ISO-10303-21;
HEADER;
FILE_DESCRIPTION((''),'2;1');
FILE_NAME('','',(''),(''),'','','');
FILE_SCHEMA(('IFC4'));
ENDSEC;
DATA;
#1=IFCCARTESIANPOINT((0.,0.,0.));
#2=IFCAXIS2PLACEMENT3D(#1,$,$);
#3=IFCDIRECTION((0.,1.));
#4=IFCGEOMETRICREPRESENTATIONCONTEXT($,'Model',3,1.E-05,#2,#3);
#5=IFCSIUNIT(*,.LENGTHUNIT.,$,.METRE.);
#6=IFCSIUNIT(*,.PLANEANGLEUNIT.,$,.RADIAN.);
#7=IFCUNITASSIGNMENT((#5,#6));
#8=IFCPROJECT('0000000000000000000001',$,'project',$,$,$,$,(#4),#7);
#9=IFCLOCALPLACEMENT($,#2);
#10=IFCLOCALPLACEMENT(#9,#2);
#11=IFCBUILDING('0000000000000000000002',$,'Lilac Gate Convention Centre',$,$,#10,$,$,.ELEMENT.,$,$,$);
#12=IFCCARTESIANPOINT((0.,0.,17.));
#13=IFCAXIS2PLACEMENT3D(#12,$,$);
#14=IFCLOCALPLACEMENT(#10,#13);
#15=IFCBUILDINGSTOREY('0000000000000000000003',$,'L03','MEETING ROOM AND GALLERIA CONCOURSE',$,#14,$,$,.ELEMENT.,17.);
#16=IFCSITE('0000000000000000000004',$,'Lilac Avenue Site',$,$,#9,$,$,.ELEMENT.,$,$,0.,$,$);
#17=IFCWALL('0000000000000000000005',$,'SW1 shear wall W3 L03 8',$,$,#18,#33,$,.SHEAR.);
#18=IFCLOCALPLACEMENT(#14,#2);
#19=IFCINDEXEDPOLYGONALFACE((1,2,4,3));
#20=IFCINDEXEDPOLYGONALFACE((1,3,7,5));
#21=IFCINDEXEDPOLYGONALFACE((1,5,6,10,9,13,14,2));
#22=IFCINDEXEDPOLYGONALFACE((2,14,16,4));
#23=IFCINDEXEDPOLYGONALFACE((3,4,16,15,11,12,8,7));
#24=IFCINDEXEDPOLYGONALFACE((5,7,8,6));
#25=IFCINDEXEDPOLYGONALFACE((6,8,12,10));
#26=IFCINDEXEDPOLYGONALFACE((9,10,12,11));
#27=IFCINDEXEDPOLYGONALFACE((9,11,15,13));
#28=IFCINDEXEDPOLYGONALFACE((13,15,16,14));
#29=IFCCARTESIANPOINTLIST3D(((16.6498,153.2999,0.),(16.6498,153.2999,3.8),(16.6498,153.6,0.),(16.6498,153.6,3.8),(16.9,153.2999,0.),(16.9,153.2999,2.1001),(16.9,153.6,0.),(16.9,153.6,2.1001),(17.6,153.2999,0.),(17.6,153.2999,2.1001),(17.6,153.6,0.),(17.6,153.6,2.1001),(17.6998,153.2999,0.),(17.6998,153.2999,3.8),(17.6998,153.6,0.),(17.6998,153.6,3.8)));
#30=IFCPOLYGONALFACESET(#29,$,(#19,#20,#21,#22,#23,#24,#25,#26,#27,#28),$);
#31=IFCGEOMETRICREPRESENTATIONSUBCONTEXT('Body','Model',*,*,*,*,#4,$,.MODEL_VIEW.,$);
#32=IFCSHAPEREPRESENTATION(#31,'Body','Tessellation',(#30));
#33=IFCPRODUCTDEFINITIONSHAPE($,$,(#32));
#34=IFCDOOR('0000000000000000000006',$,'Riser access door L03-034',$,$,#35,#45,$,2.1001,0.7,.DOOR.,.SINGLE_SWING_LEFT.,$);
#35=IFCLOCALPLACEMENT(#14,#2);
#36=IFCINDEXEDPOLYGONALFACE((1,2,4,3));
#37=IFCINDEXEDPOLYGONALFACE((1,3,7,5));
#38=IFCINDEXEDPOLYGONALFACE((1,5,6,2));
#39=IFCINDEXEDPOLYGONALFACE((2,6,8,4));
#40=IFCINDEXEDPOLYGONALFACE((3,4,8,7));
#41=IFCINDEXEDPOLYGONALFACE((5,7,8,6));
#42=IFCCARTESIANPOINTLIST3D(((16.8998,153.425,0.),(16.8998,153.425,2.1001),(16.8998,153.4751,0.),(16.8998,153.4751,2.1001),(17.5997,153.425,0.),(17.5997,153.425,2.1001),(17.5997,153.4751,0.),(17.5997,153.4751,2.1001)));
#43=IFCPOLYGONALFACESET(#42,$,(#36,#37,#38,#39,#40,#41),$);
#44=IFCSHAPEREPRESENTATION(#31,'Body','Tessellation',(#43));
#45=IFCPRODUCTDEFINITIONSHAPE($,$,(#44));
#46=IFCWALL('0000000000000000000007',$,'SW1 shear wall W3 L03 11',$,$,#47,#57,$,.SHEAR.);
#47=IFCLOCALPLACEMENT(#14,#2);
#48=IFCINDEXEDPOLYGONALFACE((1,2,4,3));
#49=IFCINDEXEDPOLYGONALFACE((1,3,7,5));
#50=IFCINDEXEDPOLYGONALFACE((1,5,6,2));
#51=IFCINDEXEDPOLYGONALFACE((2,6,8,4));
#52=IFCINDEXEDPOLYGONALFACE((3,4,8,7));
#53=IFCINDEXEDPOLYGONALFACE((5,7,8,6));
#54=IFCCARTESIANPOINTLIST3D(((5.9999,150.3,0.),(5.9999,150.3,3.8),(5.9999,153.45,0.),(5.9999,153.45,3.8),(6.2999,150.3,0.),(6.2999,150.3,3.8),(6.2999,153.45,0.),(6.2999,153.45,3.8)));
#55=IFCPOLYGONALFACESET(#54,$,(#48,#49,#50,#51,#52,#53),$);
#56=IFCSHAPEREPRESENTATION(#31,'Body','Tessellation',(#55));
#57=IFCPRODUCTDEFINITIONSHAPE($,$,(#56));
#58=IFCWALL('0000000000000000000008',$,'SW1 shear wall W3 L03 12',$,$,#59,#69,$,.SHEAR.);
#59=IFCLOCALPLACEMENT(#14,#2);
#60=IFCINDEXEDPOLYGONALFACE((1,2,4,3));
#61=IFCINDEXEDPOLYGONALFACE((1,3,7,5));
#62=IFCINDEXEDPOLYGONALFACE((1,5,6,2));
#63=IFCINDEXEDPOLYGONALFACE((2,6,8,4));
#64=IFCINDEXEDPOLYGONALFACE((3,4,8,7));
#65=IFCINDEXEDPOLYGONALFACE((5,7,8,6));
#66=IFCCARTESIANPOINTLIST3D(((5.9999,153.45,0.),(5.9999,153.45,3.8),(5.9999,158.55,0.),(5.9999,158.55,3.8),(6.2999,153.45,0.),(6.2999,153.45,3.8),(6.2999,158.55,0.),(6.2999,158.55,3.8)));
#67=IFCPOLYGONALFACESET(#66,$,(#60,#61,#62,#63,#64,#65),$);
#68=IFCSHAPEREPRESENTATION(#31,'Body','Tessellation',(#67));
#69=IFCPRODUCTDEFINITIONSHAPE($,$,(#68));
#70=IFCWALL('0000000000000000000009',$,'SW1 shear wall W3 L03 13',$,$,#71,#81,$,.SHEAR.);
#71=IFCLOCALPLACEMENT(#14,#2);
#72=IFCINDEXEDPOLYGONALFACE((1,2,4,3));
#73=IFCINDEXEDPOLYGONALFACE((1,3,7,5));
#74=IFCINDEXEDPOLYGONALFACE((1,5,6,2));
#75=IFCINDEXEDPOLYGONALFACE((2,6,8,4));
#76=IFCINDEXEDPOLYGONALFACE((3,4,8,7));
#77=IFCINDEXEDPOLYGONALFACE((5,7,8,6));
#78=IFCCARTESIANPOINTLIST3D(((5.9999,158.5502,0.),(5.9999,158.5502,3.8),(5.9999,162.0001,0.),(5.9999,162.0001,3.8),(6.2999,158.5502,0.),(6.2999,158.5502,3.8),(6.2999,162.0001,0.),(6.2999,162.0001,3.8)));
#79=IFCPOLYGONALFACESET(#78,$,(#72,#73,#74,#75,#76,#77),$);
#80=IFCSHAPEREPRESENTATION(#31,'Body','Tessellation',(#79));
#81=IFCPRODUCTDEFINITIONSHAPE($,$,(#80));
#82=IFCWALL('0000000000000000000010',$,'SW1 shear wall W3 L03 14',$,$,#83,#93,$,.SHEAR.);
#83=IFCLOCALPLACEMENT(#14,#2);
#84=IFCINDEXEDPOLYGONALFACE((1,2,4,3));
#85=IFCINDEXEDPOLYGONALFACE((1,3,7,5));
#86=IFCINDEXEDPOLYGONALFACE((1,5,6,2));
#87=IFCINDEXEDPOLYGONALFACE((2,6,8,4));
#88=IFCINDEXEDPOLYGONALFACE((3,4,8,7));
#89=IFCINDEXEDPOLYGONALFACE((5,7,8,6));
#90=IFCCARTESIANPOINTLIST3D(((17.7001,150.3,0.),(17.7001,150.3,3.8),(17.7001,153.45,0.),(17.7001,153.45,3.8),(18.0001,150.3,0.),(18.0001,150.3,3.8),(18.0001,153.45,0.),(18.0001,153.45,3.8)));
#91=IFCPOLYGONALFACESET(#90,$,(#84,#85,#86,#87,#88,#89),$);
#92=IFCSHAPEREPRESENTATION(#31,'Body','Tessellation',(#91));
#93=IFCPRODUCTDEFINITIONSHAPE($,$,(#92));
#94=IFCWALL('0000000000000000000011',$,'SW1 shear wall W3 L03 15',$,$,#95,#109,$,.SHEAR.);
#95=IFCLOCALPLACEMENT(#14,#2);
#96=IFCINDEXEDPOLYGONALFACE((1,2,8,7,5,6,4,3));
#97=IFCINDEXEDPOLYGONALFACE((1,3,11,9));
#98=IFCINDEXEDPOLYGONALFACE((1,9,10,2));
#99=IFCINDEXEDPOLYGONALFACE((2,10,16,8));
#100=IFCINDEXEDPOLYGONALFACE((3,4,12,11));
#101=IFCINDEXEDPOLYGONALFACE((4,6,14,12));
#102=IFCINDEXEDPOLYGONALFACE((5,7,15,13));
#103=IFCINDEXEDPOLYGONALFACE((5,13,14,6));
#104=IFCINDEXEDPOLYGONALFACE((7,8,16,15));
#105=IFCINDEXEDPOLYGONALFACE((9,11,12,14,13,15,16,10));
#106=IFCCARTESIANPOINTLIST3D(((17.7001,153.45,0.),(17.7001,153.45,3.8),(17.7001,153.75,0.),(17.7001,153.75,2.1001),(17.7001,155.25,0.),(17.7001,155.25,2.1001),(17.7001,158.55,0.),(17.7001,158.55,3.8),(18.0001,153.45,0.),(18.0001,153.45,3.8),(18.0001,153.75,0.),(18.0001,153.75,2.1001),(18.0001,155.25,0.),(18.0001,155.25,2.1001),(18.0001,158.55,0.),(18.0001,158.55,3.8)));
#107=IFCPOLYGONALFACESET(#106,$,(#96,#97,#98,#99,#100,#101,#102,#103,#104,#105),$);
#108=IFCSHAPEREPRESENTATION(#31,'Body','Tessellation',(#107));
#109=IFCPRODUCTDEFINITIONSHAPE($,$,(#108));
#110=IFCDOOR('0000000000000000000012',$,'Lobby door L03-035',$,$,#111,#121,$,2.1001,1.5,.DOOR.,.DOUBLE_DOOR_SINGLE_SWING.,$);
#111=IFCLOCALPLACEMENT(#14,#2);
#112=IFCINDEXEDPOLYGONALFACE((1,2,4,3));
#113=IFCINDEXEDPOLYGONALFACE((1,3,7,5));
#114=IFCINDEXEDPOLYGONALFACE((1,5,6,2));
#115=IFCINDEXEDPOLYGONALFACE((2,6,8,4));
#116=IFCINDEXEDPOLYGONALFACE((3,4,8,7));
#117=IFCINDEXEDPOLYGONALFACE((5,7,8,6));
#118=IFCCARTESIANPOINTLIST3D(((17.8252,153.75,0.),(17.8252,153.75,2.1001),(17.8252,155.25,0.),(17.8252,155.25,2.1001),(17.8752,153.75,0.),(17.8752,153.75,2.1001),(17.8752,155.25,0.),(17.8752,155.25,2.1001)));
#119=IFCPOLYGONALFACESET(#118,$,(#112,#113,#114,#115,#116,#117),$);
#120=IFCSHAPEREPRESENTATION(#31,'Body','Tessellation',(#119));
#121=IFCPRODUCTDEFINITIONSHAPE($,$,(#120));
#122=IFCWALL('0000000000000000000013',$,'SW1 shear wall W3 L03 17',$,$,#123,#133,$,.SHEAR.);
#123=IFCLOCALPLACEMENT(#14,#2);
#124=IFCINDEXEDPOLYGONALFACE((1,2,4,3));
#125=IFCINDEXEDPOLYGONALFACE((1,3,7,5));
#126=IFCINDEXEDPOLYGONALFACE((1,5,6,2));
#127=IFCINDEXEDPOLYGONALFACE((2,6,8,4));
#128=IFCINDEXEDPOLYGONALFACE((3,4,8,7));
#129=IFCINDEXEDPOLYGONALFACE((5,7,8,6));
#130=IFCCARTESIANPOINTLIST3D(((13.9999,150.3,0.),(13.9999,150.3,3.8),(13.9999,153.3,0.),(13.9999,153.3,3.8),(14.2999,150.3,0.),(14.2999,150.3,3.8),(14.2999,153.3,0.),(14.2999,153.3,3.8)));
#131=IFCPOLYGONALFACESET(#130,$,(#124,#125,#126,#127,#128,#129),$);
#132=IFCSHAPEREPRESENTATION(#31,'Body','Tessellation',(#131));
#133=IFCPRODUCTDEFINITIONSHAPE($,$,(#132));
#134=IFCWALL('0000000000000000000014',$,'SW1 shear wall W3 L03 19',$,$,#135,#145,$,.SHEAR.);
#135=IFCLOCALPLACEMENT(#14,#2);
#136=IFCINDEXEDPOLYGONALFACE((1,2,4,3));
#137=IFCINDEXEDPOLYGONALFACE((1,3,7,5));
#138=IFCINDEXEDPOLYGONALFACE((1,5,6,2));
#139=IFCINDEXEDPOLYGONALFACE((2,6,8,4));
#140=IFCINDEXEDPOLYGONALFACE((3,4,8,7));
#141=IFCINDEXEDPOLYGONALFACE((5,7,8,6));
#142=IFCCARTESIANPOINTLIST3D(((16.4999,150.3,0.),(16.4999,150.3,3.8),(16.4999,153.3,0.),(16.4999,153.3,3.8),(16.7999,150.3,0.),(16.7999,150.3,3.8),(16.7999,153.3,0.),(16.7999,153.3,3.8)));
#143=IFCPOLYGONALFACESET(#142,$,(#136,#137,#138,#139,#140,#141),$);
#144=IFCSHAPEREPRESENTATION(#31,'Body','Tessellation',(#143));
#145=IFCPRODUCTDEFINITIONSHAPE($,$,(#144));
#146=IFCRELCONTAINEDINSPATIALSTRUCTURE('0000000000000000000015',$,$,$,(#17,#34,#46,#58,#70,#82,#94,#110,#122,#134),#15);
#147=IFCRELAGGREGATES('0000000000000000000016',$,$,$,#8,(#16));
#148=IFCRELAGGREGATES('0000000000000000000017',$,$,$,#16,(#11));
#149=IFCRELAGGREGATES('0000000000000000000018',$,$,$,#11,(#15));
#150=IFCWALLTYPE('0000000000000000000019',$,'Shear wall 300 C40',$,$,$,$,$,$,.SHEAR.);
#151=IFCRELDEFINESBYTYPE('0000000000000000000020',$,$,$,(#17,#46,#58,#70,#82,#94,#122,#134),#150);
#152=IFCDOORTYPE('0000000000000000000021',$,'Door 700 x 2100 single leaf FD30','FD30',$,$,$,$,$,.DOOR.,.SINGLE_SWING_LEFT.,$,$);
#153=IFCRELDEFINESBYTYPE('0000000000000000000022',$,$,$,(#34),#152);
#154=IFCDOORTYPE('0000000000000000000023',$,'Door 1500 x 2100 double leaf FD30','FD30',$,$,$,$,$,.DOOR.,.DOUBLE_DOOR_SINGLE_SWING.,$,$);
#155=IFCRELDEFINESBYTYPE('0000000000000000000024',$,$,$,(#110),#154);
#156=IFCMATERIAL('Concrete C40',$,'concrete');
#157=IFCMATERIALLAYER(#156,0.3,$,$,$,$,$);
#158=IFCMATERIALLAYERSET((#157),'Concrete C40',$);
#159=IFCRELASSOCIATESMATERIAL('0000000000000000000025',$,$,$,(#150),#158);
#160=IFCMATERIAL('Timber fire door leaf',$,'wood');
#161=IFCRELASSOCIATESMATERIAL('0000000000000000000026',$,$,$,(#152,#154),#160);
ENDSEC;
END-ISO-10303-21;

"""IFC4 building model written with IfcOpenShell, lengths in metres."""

from ifc_helpers import new_model, si_unit, direction, frame, frame_2d, origin, place, context, subcontext, project, spatial, rectangle, extrude, material, layer, layer_set, type_object, element, fill, save


model = new_model("IFC4")

# Units and contexts
model_context = context("Model", 3, precision=1e-05, world=origin(), true_north=direction((0.0, 1.0)))
body_context = subcontext(model_context, "Body", "Model", "MODEL_VIEW")
ifc_project = project(units=[si_unit("LENGTHUNIT", "METRE"), si_unit("PLANEANGLEUNIT", "RADIAN")], contexts=[model_context])

# Site, building, storey
site_placement = place(None, origin())
site = spatial("IfcSite", under=ifc_project, at=site_placement, Name="Lilac Avenue Site", CompositionType="ELEMENT", RefElevation=0.0)
building_placement = place(site_placement, origin())
building = spatial("IfcBuilding", under=site, at=building_placement, Name="Lilac Gate Convention Centre", CompositionType="ELEMENT")
storey_placement = place(building_placement, frame((0.0, 0.0, 17.0)))
storey = spatial("IfcBuildingStorey", under=building, at=storey_placement, Name="L03", Description="MEETING ROOM AND GALLERIA CONCOURSE", CompositionType="ELEMENT", Elevation=17.0)

# Shared definitions
ifc_material_1 = material(Name="Concrete C40", Category="concrete")

# Shared definitions
ifc_material_2 = material(Name="Timber fire door leaf", Category="wood")

# Shared definitions
ifc_layer_1 = layer(ifc_material_1, 0.3)
ifc_layer_set_1 = layer_set([ifc_layer_1], Name="Concrete C40")
wall_type_1 = type_object("IfcWallType", Name="Shear wall 300 C40", PredefinedType="SHEAR", material=ifc_layer_set_1)

# Wall, opening, door
wall_1_placement = place(storey_placement, frame((16.6499, 153.45, 0.0), z_axis=(0.0, 0.0, 1.0), x_axis=(1.0, 0.0, 0.0)))
wall_1 = element("IfcWall", 1, at=wall_1_placement, inside=storey, type_object=wall_type_1, Name="SW1 shear wall W3 L03 8", PredefinedType="SHEAR", context=body_context, shape_type="SweptSolid", body=[
    extrude(rectangle(XDim=1.05, YDim=0.3, at=frame_2d((0.5249, 0.0))), origin(), (0.0, 0.0, 1.0), 3.8),
])
opening_1_placement = place(wall_1_placement, frame((0.25, 0.0, 0.0)))
opening_1 = element("IfcOpeningElement", 2, at=opening_1_placement, cuts=wall_1, PredefinedType="OPENING", context=body_context, shape_type="SweptSolid", body=[
    extrude(rectangle(XDim=0.7, YDim=2.1001, at=frame_2d((0.3501, 1.05))), frame((0.0, 0.1599, 0.0), z_axis=(0.0, -1.0, 0.0), x_axis=(1.0, 0.0, 0.0)), (0.0, 0.0, 1.0), 0.3201),
])
door_type_1 = type_object("IfcDoorType", Name="Door 700 x 2100 single leaf FD30", Description="FD30", OperationType="SINGLE_SWING_LEFT", PredefinedType="DOOR", material=ifc_material_2)
door_1_placement = place(opening_1_placement, frame((0.7, 0.0, 0.0), z_axis=(0.0, 0.0, 1.0), x_axis=(-1.0, 0.0, 0.0)))
door_1 = element("IfcDoor", 3, at=door_1_placement, inside=storey, type_object=door_type_1, Name="Riser access door L03-034", OperationType="SINGLE_SWING_LEFT", OverallHeight=2.1001, OverallWidth=0.7, PredefinedType="DOOR", context=body_context, shape_type="SweptSolid", body=[
    extrude(rectangle(XDim=0.7, YDim=2.1001, at=frame_2d((0.3501, 1.05))), frame((0.0, 0.0249, 0.0), z_axis=(0.0, -1.0, 0.0), x_axis=(1.0, 0.0, 0.0)), (0.0, 0.0, 1.0), 0.05),
])
fill(opening_1, door_1)

# Walls
wall_2_placement = place(storey_placement, frame((6.1499, 150.3, 0.0), z_axis=(0.0, 0.0, 1.0), x_axis=(0.0, 1.0, 0.0)))
element("IfcWall", 4, at=wall_2_placement, inside=storey, type_object=wall_type_1, Name="SW1 shear wall W3 L03 11", PredefinedType="SHEAR", context=body_context, shape_type="SweptSolid", body=[
    extrude(rectangle(XDim=3.1499, YDim=0.3, at=frame_2d((1.575, 0.0))), origin(), (0.0, 0.0, 1.0), 3.8),
])
wall_3_placement = place(storey_placement, frame((6.1499, 153.45, 0.0), z_axis=(0.0, 0.0, 1.0), x_axis=(0.0, 1.0, 0.0)))
element("IfcWall", 5, at=wall_3_placement, inside=storey, type_object=wall_type_1, Name="SW1 shear wall W3 L03 12", PredefinedType="SHEAR", context=body_context, shape_type="SweptSolid", body=[
    extrude(rectangle(XDim=5.1001, YDim=0.3, at=frame_2d((2.55, 0.0))), origin(), (0.0, 0.0, 1.0), 3.8),
])
wall_4_placement = place(storey_placement, frame((6.1499, 158.55, 0.0), z_axis=(0.0, 0.0, 1.0), x_axis=(0.0, 1.0, 0.0)))
element("IfcWall", 6, at=wall_4_placement, inside=storey, type_object=wall_type_1, Name="SW1 shear wall W3 L03 13", PredefinedType="SHEAR", context=body_context, shape_type="SweptSolid", body=[
    extrude(rectangle(XDim=3.45, YDim=0.3, at=frame_2d((1.7251, 0.0))), origin(), (0.0, 0.0, 1.0), 3.8),
])
wall_5_placement = place(storey_placement, frame((17.8501, 150.3, 0.0), z_axis=(0.0, 0.0, 1.0), x_axis=(0.0, 1.0, 0.0)))
element("IfcWall", 7, at=wall_5_placement, inside=storey, type_object=wall_type_1, Name="SW1 shear wall W3 L03 14", PredefinedType="SHEAR", context=body_context, shape_type="SweptSolid", body=[
    extrude(rectangle(XDim=3.1499, YDim=0.3, at=frame_2d((1.575, 0.0))), origin(), (0.0, 0.0, 1.0), 3.8),
])

# Wall, opening, door
wall_6_placement = place(storey_placement, frame((17.8501, 153.45, 0.0), z_axis=(0.0, 0.0, 1.0), x_axis=(0.0, 1.0, 0.0)))
wall_6 = element("IfcWall", 8, at=wall_6_placement, inside=storey, type_object=wall_type_1, Name="SW1 shear wall W3 L03 15", PredefinedType="SHEAR", context=body_context, shape_type="SweptSolid", body=[
    extrude(rectangle(XDim=5.1001, YDim=0.3, at=frame_2d((2.55, 0.0))), origin(), (0.0, 0.0, 1.0), 3.8),
])
opening_2_placement = place(wall_6_placement, frame((0.3, 0.0, 0.0)))
opening_2 = element("IfcOpeningElement", 9, at=opening_2_placement, cuts=wall_6, PredefinedType="OPENING", context=body_context, shape_type="SweptSolid", body=[
    extrude(rectangle(XDim=1.5, YDim=2.1001, at=frame_2d((0.75, 1.05))), frame((0.0, 0.1599, 0.0), z_axis=(0.0, -1.0, 0.0), x_axis=(1.0, 0.0, 0.0)), (0.0, 0.0, 1.0), 0.3201),
])
door_type_2 = type_object("IfcDoorType", Name="Door 1500 x 2100 double leaf FD30", Description="FD30", OperationType="DOUBLE_DOOR_SINGLE_SWING", PredefinedType="DOOR", material=ifc_material_2)
door_2_placement = place(opening_2_placement, origin())
door_2 = element("IfcDoor", 10, at=door_2_placement, inside=storey, type_object=door_type_2, Name="Lobby door L03-035", OperationType="DOUBLE_DOOR_SINGLE_SWING", OverallHeight=2.1001, OverallWidth=1.5, PredefinedType="DOOR", context=body_context, shape_type="SweptSolid", body=[
    extrude(rectangle(XDim=1.5, YDim=2.1001, at=frame_2d((0.75, 1.05))), frame((0.0, 0.0249, 0.0), z_axis=(0.0, -1.0, 0.0), x_axis=(1.0, 0.0, 0.0)), (0.0, 0.0, 1.0), 0.05),
])
fill(opening_2, door_2)

# Walls
for number, where, z_axis, x_axis, name in (
    (11, (14.1499, 150.3, 0.0), (0.0, 0.0, 1.0), (0.0, 1.0, 0.0), "SW1 shear wall W3 L03 17"),
    (12, (16.6499, 150.3, 0.0), (0.0, 0.0, 1.0), (0.0, 1.0, 0.0), "SW1 shear wall W3 L03 19"),
):
    element("IfcWall", number, at=place(storey_placement, frame(where, z_axis=z_axis, x_axis=x_axis)), inside=storey, type_object=wall_type_1, Name=name, PredefinedType="SHEAR", context=body_context, shape_type="SweptSolid", body=[
        extrude(rectangle(XDim=3.0, YDim=0.3, at=frame_2d((1.5, 0.0))), origin(), (0.0, 0.0, 1.0), 3.8),
    ])

save(model, "model.ifc")
